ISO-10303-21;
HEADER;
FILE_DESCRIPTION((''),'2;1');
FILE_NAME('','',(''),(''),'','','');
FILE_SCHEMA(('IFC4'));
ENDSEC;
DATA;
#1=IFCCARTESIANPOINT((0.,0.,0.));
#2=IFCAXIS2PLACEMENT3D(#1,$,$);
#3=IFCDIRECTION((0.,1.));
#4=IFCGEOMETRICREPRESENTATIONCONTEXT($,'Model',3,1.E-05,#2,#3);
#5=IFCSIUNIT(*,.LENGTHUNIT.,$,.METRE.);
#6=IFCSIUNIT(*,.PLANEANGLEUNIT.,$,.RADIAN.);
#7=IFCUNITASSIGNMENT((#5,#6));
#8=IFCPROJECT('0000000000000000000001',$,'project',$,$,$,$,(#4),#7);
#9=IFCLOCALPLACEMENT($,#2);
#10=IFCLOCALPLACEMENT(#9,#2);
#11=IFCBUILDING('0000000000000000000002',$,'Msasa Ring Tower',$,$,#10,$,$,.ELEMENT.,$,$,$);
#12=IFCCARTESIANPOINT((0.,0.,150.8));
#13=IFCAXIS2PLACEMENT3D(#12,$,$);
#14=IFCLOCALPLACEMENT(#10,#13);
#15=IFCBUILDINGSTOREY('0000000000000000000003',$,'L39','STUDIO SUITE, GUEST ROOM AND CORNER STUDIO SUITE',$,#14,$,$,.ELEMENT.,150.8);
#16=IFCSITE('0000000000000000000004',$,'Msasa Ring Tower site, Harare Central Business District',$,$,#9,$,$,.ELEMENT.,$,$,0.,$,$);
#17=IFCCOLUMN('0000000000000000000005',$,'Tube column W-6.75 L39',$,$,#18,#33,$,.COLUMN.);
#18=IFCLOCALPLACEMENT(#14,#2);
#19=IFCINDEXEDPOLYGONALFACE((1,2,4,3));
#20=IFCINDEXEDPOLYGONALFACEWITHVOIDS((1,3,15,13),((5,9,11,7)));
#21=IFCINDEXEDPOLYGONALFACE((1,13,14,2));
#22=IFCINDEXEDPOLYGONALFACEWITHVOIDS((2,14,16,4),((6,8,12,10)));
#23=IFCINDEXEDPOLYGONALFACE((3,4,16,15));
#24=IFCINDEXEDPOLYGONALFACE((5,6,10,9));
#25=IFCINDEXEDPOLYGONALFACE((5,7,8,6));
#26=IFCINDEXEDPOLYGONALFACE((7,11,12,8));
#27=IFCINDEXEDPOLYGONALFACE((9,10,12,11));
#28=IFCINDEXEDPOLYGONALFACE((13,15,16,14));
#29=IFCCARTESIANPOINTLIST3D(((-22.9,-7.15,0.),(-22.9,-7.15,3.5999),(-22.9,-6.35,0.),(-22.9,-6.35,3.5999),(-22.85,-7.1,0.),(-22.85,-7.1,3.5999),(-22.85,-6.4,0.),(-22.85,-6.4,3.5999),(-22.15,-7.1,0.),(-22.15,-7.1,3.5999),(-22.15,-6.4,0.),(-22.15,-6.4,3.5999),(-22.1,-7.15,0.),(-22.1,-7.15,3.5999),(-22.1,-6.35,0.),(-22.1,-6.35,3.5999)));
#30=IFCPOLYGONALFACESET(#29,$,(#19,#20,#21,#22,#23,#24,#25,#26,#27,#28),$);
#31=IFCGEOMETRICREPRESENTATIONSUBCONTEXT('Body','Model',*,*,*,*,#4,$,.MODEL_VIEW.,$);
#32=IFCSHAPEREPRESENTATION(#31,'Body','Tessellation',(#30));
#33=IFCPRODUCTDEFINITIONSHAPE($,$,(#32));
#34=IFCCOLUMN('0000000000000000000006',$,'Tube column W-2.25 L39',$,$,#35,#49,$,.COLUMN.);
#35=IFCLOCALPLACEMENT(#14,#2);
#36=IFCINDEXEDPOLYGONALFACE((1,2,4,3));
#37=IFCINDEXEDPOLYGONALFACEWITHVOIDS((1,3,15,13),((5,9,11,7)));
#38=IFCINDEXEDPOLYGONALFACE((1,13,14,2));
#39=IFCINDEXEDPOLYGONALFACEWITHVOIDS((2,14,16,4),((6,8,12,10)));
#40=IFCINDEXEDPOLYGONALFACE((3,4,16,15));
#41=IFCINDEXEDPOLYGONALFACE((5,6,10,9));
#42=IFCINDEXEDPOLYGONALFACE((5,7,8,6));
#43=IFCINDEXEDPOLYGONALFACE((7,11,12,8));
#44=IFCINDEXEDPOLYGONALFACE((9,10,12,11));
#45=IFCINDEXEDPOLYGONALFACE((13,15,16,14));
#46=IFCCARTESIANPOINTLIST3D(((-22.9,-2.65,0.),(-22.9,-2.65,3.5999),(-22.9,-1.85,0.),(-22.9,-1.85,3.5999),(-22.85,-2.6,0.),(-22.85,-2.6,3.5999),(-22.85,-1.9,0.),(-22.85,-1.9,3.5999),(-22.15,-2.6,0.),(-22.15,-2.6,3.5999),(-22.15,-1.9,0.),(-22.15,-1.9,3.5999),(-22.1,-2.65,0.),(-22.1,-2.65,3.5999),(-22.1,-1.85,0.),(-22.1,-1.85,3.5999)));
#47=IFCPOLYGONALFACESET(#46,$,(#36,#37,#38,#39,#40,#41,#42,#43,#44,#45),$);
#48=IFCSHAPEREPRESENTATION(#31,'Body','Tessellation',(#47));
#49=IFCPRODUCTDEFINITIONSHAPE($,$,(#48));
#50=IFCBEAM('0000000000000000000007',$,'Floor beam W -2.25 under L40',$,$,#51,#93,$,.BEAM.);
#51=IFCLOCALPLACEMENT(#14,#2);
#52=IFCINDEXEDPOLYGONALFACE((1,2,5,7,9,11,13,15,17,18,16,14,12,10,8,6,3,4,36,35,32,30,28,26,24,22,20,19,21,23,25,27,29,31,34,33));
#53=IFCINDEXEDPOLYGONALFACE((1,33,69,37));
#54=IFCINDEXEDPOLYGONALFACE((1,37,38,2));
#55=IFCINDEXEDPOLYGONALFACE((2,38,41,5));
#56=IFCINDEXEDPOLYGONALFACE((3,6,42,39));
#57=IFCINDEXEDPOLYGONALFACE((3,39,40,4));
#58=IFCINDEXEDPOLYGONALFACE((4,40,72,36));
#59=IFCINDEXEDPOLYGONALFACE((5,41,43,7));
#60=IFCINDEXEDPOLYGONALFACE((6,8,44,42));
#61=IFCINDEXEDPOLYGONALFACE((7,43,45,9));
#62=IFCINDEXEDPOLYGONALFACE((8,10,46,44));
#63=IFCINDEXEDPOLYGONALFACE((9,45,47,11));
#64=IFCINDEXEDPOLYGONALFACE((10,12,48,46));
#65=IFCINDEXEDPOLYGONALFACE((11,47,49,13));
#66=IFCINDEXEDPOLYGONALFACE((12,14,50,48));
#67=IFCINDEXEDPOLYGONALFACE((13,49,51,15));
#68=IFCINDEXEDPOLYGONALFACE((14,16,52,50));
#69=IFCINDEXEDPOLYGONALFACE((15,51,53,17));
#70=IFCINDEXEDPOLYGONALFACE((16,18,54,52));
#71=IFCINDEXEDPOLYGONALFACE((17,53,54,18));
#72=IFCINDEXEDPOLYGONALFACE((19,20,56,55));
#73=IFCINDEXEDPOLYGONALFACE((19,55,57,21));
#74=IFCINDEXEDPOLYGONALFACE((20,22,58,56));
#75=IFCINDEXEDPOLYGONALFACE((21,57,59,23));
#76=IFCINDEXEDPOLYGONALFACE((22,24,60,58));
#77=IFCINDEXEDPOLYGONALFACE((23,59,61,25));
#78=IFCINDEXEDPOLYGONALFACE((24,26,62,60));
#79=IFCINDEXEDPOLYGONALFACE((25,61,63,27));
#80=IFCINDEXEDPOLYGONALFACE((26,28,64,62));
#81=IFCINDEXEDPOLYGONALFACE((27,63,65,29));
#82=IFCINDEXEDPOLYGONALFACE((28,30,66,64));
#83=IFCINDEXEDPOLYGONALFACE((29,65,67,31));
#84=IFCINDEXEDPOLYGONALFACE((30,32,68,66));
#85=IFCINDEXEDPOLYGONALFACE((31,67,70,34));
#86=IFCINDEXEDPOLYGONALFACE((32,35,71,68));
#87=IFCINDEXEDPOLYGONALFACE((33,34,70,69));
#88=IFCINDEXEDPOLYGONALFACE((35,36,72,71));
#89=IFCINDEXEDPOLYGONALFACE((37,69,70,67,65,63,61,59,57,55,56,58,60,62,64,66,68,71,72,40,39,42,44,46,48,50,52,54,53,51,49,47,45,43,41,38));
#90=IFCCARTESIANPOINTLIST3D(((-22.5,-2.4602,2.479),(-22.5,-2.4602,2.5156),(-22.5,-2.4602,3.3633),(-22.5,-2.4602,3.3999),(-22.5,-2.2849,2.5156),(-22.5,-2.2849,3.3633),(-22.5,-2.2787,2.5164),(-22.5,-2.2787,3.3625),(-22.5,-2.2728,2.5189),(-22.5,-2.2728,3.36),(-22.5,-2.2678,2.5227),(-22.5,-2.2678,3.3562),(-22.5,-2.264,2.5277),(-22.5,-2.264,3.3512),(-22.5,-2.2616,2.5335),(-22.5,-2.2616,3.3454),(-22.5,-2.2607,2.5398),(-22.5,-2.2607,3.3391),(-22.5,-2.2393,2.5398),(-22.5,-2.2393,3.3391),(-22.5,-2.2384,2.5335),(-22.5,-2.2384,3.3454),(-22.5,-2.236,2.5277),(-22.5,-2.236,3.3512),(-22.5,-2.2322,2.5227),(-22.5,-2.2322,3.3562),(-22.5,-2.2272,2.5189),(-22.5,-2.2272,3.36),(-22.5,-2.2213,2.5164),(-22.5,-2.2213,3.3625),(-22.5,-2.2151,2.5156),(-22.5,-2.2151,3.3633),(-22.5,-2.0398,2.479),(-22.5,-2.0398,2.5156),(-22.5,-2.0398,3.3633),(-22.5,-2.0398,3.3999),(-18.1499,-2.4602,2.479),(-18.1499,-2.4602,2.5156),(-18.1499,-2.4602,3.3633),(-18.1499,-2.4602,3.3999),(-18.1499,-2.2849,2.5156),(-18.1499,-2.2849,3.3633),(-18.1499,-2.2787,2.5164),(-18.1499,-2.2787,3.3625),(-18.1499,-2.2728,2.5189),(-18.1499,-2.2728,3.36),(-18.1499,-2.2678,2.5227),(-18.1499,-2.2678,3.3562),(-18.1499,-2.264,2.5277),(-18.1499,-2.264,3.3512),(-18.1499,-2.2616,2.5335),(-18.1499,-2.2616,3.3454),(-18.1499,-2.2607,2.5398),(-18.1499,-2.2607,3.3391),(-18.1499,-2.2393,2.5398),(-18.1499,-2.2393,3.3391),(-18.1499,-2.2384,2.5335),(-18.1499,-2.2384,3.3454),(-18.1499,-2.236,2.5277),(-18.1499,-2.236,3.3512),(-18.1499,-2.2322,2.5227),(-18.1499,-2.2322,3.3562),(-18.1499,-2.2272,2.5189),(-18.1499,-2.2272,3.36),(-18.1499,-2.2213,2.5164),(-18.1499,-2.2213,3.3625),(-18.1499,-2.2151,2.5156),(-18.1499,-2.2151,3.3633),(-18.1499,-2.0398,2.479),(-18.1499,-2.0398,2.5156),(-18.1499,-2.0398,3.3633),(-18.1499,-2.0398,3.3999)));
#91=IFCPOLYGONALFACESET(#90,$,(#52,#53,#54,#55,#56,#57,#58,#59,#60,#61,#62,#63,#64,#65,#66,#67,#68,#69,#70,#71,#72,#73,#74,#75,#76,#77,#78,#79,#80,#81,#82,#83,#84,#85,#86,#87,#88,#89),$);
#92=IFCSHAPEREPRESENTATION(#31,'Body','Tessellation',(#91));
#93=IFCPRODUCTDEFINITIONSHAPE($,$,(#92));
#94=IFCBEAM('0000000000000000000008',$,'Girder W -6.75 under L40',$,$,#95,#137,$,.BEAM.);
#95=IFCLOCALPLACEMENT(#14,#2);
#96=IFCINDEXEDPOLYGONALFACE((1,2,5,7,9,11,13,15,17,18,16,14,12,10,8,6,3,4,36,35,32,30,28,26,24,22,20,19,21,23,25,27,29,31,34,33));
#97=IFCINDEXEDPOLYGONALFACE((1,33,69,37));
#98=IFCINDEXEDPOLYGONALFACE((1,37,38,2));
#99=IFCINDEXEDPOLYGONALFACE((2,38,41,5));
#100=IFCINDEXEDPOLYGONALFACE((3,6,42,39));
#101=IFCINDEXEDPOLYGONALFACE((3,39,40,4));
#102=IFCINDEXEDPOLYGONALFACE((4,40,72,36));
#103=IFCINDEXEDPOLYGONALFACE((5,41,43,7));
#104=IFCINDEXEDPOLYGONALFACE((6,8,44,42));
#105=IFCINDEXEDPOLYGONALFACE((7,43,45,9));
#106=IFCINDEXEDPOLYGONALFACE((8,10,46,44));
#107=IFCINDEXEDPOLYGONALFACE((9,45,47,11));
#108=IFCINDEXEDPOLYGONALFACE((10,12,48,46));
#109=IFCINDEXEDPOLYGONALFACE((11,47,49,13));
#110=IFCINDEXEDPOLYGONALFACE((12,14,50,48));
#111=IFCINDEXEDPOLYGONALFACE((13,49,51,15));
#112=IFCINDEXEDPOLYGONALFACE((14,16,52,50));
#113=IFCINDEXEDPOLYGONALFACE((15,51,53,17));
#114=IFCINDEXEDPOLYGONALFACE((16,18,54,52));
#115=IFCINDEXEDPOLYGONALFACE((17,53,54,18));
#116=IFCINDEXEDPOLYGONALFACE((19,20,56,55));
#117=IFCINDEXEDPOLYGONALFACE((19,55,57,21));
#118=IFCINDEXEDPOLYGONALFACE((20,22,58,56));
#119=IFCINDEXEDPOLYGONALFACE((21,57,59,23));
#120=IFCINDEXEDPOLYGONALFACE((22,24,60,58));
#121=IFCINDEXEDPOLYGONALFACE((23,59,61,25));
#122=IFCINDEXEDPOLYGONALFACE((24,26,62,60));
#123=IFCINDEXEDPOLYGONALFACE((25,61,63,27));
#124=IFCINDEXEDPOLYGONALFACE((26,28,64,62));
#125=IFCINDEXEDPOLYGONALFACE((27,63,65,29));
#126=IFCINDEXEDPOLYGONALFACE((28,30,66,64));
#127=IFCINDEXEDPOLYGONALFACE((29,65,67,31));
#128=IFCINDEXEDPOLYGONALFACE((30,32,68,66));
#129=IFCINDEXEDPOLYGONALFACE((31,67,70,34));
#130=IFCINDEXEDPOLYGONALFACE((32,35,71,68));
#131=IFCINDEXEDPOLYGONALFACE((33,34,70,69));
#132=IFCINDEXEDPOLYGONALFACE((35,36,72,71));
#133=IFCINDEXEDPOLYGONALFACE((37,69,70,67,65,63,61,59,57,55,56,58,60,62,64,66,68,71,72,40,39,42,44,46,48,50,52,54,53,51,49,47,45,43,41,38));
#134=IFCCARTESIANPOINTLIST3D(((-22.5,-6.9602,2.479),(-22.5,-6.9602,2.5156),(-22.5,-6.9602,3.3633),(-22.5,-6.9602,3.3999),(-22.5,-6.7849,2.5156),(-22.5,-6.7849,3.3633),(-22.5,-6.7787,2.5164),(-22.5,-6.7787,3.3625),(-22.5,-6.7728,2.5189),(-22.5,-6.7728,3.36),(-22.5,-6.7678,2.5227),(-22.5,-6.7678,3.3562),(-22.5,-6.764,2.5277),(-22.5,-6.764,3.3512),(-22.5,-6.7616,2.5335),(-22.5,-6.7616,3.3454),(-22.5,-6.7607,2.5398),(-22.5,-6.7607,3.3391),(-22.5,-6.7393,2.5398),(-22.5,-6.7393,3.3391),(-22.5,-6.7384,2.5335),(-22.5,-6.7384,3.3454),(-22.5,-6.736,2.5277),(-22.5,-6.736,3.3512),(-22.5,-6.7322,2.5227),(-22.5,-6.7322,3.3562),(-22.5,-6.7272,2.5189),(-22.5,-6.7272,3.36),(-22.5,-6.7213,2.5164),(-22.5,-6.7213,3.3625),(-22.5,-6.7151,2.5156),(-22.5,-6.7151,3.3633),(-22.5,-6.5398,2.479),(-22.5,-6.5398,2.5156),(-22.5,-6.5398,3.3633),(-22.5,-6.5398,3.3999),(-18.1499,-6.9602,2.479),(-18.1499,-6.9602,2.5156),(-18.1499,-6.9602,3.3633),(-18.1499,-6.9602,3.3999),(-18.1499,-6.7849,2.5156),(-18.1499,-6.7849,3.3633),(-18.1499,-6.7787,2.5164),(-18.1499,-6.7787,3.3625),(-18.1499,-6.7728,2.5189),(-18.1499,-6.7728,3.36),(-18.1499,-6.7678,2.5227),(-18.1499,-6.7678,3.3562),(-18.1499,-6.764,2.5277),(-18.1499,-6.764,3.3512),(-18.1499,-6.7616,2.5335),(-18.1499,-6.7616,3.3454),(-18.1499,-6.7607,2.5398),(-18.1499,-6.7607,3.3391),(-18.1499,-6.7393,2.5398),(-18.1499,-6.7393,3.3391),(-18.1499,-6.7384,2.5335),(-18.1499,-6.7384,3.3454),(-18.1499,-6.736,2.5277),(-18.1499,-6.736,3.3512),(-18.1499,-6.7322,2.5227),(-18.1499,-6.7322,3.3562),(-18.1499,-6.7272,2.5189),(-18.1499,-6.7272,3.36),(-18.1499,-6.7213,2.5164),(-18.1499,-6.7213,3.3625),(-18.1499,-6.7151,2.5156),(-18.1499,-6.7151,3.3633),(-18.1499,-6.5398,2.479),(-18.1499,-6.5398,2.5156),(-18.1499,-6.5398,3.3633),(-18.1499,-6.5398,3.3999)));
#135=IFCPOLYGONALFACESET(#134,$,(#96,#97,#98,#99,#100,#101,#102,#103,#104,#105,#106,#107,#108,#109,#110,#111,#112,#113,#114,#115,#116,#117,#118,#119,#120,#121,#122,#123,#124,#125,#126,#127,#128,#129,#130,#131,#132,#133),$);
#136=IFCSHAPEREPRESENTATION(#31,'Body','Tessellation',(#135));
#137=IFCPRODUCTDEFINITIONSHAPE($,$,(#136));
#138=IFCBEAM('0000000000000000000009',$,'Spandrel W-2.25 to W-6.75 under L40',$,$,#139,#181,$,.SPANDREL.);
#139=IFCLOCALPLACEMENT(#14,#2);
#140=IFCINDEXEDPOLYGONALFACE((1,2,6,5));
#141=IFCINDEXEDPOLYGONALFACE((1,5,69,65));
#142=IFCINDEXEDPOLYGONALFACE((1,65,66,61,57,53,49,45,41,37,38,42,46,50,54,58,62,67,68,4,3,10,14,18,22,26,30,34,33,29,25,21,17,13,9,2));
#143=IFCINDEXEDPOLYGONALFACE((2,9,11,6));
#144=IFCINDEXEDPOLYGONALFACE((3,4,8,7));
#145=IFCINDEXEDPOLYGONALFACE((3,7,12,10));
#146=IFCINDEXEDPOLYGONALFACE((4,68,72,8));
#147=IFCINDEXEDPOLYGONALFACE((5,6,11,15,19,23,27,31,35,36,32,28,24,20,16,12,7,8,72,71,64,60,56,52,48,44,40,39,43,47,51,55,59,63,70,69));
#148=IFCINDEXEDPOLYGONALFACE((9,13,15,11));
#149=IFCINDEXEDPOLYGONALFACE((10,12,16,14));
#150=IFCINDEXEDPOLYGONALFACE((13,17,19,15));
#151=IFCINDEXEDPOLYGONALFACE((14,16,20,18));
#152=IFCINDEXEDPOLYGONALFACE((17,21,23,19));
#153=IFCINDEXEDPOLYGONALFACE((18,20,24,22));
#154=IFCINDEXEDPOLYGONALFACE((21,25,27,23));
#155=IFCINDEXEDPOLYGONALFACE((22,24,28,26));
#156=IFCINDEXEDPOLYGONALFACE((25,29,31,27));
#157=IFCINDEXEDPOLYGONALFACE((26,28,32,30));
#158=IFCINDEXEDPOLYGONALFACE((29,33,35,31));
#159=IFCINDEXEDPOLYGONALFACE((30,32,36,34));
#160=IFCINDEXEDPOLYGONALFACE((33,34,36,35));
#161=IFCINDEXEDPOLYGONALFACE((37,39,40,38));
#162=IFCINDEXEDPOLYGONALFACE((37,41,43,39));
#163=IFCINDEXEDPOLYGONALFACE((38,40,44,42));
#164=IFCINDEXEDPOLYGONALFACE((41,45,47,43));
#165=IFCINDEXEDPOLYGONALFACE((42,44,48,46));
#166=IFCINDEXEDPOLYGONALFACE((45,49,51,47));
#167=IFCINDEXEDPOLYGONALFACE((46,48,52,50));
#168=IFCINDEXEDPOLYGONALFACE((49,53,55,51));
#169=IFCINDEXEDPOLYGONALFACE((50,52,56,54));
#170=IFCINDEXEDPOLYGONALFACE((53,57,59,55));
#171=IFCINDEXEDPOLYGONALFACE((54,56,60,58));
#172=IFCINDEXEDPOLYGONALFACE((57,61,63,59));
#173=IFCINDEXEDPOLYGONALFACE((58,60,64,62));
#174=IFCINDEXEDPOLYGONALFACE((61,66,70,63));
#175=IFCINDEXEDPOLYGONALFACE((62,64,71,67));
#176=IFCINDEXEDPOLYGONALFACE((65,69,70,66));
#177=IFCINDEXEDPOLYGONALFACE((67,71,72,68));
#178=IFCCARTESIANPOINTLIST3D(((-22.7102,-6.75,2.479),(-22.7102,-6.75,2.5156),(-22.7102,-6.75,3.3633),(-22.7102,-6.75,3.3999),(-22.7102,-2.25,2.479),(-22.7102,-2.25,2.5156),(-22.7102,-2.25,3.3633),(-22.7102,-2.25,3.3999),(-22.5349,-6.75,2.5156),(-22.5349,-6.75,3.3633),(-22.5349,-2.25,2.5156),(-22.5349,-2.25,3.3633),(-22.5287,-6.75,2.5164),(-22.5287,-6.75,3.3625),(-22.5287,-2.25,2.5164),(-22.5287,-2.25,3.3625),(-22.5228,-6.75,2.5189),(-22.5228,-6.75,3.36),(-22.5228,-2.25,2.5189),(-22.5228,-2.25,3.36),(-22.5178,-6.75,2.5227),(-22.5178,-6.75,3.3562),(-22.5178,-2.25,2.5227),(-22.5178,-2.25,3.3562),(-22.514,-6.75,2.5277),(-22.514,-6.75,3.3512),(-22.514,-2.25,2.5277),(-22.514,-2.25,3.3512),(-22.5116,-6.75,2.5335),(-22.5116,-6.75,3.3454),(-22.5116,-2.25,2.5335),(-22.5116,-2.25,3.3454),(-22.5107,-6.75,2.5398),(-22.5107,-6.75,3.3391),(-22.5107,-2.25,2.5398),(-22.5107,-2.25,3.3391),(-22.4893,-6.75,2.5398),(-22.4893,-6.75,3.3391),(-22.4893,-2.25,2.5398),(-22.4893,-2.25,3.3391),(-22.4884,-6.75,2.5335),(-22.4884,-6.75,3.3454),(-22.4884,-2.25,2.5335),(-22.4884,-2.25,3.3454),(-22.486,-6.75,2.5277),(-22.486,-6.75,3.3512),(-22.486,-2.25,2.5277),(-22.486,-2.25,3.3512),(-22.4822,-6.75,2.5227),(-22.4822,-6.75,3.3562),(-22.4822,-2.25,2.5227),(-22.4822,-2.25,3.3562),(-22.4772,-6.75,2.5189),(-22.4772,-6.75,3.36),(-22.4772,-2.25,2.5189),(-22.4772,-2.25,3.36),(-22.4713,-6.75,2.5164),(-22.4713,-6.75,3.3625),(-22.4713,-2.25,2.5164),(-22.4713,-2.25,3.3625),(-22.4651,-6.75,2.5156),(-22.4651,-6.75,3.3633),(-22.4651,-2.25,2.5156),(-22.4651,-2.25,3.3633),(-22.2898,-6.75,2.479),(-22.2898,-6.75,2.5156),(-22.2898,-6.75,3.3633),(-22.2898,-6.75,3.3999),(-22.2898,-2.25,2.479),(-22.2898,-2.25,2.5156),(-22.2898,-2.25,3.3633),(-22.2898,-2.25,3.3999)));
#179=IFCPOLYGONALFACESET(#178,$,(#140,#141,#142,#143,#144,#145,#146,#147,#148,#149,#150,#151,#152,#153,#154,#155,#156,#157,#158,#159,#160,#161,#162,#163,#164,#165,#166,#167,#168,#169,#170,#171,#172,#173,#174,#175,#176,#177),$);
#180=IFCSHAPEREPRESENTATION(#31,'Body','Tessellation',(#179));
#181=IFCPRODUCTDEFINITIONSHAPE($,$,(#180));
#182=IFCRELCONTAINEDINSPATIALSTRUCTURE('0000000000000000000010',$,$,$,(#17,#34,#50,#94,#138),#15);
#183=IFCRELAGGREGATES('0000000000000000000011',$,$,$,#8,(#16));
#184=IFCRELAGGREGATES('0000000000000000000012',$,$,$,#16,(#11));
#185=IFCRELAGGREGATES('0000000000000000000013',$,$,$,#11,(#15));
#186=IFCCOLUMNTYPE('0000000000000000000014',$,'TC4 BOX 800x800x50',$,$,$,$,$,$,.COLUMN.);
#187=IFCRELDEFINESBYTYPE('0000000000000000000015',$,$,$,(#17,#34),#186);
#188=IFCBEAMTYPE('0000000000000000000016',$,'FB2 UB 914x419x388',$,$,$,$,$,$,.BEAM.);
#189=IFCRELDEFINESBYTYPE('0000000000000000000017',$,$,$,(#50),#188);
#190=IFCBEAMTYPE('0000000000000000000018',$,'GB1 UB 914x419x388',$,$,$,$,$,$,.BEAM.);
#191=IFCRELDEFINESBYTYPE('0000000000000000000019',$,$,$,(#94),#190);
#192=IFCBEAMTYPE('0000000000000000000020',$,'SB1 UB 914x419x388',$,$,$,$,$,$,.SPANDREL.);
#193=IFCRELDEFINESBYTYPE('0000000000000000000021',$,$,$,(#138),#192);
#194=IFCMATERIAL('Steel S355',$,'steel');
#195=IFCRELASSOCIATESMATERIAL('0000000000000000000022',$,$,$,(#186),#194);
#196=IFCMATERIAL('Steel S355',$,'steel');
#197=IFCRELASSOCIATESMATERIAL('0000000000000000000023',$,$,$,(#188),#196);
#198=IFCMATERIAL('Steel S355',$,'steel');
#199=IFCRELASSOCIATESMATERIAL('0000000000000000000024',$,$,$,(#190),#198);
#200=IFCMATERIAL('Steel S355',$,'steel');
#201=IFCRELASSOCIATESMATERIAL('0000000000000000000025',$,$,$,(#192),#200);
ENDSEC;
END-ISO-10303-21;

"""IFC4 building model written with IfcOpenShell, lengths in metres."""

from ifc_helpers import new_model, si_unit, direction, frame, origin, origin_2d, place, context, subcontext, project, spatial, hollow_rectangle, i_section, extrude, material, material_profile, profile_set, type_object, element, save


model = new_model("IFC4")

# Units and contexts
model_context = context("Model", 3, precision=1e-05, world=origin(), true_north=direction((0.0, 1.0)))
body_context = subcontext(model_context, "Body", "Model", "MODEL_VIEW")
ifc_project = project(units=[si_unit("LENGTHUNIT", "METRE"), si_unit("PLANEANGLEUNIT", "RADIAN")], contexts=[model_context])

# Site, building, storey
site_placement = place(None, origin())
site = spatial("IfcSite", under=ifc_project, at=site_placement, Name="Msasa Ring Tower site, Harare Central Business District", CompositionType="ELEMENT", RefElevation=0.0)
building_placement = place(site_placement, origin())
building = spatial("IfcBuilding", under=site, at=building_placement, Name="Msasa Ring Tower", CompositionType="ELEMENT")
storey_placement = place(building_placement, frame((0.0, 0.0, 150.8)))
storey = spatial("IfcBuildingStorey", under=building, at=storey_placement, Name="L39", Description="STUDIO SUITE, GUEST ROOM AND CORNER STUDIO SUITE", CompositionType="ELEMENT", Elevation=150.8)

# Columns
ifc_material_1 = material(Name="Steel S355", Category="steel")
ifc_material_profile_1 = material_profile(ifc_material_1, hollow_rectangle(XDim=0.8, YDim=0.8, WallThickness=0.05, at=origin_2d()), Name="BOX 800x800x50")
ifc_profile_set_1 = profile_set([ifc_material_profile_1], Name="Steel S355")
column_type = type_object("IfcColumnType", Name="TC4 BOX 800x800x50", PredefinedType="COLUMN", material=ifc_profile_set_1)
for number, where, z_axis, x_axis, name in (
    (1, (-22.5, -6.75, 0.0), (0.0, 0.0, 1.0), (1.0, 0.0, 0.0), "Tube column W-6.75 L39"),
    (2, (-22.5, -2.25, 0.0), (0.0, 0.0, 1.0), (1.0, 0.0, 0.0), "Tube column W-2.25 L39"),
):
    element("IfcColumn", number, at=place(storey_placement, frame(where, z_axis=z_axis, x_axis=x_axis)), inside=storey, type_object=column_type, Name=name, PredefinedType="COLUMN", context=body_context, shape_type="SweptSolid", body=[
        extrude(hollow_rectangle(XDim=0.8, YDim=0.8, WallThickness=0.05, at=origin_2d()), origin(), (0.0, 0.0, 1.0), 3.5999),
    ])

# Beams
ifc_material_2 = material(Name="Steel S355", Category="steel")
ifc_material_profile_2 = material_profile(ifc_material_2, i_section(OverallWidth=0.4204, OverallDepth=0.9209, WebThickness=0.0215, FlangeThickness=0.0366, FilletRadius=0.0242, at=origin_2d()), Name="UB 914x419x388")
ifc_profile_set_2 = profile_set([ifc_material_profile_2], Name="Steel S355")
beam_type_1 = type_object("IfcBeamType", Name="FB2 UB 914x419x388", PredefinedType="BEAM", material=ifc_profile_set_2)
beam_1_placement = place(storey_placement, frame((-22.5, -2.25, 2.9395), z_axis=(1.0, 0.0, 0.0), x_axis=(0.0, 1.0, 0.0)))
element("IfcBeam", 3, at=beam_1_placement, inside=storey, type_object=beam_type_1, Name="Floor beam W -2.25 under L40", PredefinedType="BEAM", context=body_context, shape_type="SweptSolid", body=[
    extrude(i_section(OverallWidth=0.4204, OverallDepth=0.9209, WebThickness=0.0215, FlangeThickness=0.0366, FilletRadius=0.0242, at=origin_2d()), origin(), (0.0, 0.0, 1.0), 4.3501),
])
ifc_material_3 = material(Name="Steel S355", Category="steel")
ifc_material_profile_3 = material_profile(ifc_material_3, i_section(OverallWidth=0.4204, OverallDepth=0.9209, WebThickness=0.0215, FlangeThickness=0.0366, FilletRadius=0.0242, at=origin_2d()), Name="UB 914x419x388")
ifc_profile_set_3 = profile_set([ifc_material_profile_3], Name="Steel S355")
beam_type_2 = type_object("IfcBeamType", Name="GB1 UB 914x419x388", PredefinedType="BEAM", material=ifc_profile_set_3)
beam_2_placement = place(storey_placement, frame((-18.1499, -6.75, 2.9395), z_axis=(-1.0, 0.0, 0.0), x_axis=(0.0, -1.0, 0.0)))
element("IfcBeam", 4, at=beam_2_placement, inside=storey, type_object=beam_type_2, Name="Girder W -6.75 under L40", PredefinedType="BEAM", context=body_context, shape_type="SweptSolid", body=[
    extrude(i_section(OverallWidth=0.4204, OverallDepth=0.9209, WebThickness=0.0215, FlangeThickness=0.0366, FilletRadius=0.0242, at=origin_2d()), origin(), (0.0, 0.0, 1.0), 4.3501),
])
ifc_material_4 = material(Name="Steel S355", Category="steel")
ifc_material_profile_4 = material_profile(ifc_material_4, i_section(OverallWidth=0.4204, OverallDepth=0.9209, WebThickness=0.0215, FlangeThickness=0.0366, FilletRadius=0.0242, at=origin_2d()), Name="UB 914x419x388")
ifc_profile_set_4 = profile_set([ifc_material_profile_4], Name="Steel S355")
beam_type_3 = type_object("IfcBeamType", Name="SB1 UB 914x419x388", PredefinedType="SPANDREL", material=ifc_profile_set_4)
for number, where, z_axis, x_axis, name in (
    (5, (-22.5, -2.25, 2.9395), (0.0, -1.0, 0.0), (1.0, 0.0, 0.0), "Spandrel W-2.25 to W-6.75 under L40"),
):
    element("IfcBeam", number, at=place(storey_placement, frame(where, z_axis=z_axis, x_axis=x_axis)), inside=storey, type_object=beam_type_3, Name=name, PredefinedType="SPANDREL", context=body_context, shape_type="SweptSolid", body=[
        extrude(i_section(OverallWidth=0.4204, OverallDepth=0.9209, WebThickness=0.0215, FlangeThickness=0.0366, FilletRadius=0.0242, at=origin_2d()), origin(), (0.0, 0.0, 1.0), 4.5),
    ])

save(model, "model.ifc")
